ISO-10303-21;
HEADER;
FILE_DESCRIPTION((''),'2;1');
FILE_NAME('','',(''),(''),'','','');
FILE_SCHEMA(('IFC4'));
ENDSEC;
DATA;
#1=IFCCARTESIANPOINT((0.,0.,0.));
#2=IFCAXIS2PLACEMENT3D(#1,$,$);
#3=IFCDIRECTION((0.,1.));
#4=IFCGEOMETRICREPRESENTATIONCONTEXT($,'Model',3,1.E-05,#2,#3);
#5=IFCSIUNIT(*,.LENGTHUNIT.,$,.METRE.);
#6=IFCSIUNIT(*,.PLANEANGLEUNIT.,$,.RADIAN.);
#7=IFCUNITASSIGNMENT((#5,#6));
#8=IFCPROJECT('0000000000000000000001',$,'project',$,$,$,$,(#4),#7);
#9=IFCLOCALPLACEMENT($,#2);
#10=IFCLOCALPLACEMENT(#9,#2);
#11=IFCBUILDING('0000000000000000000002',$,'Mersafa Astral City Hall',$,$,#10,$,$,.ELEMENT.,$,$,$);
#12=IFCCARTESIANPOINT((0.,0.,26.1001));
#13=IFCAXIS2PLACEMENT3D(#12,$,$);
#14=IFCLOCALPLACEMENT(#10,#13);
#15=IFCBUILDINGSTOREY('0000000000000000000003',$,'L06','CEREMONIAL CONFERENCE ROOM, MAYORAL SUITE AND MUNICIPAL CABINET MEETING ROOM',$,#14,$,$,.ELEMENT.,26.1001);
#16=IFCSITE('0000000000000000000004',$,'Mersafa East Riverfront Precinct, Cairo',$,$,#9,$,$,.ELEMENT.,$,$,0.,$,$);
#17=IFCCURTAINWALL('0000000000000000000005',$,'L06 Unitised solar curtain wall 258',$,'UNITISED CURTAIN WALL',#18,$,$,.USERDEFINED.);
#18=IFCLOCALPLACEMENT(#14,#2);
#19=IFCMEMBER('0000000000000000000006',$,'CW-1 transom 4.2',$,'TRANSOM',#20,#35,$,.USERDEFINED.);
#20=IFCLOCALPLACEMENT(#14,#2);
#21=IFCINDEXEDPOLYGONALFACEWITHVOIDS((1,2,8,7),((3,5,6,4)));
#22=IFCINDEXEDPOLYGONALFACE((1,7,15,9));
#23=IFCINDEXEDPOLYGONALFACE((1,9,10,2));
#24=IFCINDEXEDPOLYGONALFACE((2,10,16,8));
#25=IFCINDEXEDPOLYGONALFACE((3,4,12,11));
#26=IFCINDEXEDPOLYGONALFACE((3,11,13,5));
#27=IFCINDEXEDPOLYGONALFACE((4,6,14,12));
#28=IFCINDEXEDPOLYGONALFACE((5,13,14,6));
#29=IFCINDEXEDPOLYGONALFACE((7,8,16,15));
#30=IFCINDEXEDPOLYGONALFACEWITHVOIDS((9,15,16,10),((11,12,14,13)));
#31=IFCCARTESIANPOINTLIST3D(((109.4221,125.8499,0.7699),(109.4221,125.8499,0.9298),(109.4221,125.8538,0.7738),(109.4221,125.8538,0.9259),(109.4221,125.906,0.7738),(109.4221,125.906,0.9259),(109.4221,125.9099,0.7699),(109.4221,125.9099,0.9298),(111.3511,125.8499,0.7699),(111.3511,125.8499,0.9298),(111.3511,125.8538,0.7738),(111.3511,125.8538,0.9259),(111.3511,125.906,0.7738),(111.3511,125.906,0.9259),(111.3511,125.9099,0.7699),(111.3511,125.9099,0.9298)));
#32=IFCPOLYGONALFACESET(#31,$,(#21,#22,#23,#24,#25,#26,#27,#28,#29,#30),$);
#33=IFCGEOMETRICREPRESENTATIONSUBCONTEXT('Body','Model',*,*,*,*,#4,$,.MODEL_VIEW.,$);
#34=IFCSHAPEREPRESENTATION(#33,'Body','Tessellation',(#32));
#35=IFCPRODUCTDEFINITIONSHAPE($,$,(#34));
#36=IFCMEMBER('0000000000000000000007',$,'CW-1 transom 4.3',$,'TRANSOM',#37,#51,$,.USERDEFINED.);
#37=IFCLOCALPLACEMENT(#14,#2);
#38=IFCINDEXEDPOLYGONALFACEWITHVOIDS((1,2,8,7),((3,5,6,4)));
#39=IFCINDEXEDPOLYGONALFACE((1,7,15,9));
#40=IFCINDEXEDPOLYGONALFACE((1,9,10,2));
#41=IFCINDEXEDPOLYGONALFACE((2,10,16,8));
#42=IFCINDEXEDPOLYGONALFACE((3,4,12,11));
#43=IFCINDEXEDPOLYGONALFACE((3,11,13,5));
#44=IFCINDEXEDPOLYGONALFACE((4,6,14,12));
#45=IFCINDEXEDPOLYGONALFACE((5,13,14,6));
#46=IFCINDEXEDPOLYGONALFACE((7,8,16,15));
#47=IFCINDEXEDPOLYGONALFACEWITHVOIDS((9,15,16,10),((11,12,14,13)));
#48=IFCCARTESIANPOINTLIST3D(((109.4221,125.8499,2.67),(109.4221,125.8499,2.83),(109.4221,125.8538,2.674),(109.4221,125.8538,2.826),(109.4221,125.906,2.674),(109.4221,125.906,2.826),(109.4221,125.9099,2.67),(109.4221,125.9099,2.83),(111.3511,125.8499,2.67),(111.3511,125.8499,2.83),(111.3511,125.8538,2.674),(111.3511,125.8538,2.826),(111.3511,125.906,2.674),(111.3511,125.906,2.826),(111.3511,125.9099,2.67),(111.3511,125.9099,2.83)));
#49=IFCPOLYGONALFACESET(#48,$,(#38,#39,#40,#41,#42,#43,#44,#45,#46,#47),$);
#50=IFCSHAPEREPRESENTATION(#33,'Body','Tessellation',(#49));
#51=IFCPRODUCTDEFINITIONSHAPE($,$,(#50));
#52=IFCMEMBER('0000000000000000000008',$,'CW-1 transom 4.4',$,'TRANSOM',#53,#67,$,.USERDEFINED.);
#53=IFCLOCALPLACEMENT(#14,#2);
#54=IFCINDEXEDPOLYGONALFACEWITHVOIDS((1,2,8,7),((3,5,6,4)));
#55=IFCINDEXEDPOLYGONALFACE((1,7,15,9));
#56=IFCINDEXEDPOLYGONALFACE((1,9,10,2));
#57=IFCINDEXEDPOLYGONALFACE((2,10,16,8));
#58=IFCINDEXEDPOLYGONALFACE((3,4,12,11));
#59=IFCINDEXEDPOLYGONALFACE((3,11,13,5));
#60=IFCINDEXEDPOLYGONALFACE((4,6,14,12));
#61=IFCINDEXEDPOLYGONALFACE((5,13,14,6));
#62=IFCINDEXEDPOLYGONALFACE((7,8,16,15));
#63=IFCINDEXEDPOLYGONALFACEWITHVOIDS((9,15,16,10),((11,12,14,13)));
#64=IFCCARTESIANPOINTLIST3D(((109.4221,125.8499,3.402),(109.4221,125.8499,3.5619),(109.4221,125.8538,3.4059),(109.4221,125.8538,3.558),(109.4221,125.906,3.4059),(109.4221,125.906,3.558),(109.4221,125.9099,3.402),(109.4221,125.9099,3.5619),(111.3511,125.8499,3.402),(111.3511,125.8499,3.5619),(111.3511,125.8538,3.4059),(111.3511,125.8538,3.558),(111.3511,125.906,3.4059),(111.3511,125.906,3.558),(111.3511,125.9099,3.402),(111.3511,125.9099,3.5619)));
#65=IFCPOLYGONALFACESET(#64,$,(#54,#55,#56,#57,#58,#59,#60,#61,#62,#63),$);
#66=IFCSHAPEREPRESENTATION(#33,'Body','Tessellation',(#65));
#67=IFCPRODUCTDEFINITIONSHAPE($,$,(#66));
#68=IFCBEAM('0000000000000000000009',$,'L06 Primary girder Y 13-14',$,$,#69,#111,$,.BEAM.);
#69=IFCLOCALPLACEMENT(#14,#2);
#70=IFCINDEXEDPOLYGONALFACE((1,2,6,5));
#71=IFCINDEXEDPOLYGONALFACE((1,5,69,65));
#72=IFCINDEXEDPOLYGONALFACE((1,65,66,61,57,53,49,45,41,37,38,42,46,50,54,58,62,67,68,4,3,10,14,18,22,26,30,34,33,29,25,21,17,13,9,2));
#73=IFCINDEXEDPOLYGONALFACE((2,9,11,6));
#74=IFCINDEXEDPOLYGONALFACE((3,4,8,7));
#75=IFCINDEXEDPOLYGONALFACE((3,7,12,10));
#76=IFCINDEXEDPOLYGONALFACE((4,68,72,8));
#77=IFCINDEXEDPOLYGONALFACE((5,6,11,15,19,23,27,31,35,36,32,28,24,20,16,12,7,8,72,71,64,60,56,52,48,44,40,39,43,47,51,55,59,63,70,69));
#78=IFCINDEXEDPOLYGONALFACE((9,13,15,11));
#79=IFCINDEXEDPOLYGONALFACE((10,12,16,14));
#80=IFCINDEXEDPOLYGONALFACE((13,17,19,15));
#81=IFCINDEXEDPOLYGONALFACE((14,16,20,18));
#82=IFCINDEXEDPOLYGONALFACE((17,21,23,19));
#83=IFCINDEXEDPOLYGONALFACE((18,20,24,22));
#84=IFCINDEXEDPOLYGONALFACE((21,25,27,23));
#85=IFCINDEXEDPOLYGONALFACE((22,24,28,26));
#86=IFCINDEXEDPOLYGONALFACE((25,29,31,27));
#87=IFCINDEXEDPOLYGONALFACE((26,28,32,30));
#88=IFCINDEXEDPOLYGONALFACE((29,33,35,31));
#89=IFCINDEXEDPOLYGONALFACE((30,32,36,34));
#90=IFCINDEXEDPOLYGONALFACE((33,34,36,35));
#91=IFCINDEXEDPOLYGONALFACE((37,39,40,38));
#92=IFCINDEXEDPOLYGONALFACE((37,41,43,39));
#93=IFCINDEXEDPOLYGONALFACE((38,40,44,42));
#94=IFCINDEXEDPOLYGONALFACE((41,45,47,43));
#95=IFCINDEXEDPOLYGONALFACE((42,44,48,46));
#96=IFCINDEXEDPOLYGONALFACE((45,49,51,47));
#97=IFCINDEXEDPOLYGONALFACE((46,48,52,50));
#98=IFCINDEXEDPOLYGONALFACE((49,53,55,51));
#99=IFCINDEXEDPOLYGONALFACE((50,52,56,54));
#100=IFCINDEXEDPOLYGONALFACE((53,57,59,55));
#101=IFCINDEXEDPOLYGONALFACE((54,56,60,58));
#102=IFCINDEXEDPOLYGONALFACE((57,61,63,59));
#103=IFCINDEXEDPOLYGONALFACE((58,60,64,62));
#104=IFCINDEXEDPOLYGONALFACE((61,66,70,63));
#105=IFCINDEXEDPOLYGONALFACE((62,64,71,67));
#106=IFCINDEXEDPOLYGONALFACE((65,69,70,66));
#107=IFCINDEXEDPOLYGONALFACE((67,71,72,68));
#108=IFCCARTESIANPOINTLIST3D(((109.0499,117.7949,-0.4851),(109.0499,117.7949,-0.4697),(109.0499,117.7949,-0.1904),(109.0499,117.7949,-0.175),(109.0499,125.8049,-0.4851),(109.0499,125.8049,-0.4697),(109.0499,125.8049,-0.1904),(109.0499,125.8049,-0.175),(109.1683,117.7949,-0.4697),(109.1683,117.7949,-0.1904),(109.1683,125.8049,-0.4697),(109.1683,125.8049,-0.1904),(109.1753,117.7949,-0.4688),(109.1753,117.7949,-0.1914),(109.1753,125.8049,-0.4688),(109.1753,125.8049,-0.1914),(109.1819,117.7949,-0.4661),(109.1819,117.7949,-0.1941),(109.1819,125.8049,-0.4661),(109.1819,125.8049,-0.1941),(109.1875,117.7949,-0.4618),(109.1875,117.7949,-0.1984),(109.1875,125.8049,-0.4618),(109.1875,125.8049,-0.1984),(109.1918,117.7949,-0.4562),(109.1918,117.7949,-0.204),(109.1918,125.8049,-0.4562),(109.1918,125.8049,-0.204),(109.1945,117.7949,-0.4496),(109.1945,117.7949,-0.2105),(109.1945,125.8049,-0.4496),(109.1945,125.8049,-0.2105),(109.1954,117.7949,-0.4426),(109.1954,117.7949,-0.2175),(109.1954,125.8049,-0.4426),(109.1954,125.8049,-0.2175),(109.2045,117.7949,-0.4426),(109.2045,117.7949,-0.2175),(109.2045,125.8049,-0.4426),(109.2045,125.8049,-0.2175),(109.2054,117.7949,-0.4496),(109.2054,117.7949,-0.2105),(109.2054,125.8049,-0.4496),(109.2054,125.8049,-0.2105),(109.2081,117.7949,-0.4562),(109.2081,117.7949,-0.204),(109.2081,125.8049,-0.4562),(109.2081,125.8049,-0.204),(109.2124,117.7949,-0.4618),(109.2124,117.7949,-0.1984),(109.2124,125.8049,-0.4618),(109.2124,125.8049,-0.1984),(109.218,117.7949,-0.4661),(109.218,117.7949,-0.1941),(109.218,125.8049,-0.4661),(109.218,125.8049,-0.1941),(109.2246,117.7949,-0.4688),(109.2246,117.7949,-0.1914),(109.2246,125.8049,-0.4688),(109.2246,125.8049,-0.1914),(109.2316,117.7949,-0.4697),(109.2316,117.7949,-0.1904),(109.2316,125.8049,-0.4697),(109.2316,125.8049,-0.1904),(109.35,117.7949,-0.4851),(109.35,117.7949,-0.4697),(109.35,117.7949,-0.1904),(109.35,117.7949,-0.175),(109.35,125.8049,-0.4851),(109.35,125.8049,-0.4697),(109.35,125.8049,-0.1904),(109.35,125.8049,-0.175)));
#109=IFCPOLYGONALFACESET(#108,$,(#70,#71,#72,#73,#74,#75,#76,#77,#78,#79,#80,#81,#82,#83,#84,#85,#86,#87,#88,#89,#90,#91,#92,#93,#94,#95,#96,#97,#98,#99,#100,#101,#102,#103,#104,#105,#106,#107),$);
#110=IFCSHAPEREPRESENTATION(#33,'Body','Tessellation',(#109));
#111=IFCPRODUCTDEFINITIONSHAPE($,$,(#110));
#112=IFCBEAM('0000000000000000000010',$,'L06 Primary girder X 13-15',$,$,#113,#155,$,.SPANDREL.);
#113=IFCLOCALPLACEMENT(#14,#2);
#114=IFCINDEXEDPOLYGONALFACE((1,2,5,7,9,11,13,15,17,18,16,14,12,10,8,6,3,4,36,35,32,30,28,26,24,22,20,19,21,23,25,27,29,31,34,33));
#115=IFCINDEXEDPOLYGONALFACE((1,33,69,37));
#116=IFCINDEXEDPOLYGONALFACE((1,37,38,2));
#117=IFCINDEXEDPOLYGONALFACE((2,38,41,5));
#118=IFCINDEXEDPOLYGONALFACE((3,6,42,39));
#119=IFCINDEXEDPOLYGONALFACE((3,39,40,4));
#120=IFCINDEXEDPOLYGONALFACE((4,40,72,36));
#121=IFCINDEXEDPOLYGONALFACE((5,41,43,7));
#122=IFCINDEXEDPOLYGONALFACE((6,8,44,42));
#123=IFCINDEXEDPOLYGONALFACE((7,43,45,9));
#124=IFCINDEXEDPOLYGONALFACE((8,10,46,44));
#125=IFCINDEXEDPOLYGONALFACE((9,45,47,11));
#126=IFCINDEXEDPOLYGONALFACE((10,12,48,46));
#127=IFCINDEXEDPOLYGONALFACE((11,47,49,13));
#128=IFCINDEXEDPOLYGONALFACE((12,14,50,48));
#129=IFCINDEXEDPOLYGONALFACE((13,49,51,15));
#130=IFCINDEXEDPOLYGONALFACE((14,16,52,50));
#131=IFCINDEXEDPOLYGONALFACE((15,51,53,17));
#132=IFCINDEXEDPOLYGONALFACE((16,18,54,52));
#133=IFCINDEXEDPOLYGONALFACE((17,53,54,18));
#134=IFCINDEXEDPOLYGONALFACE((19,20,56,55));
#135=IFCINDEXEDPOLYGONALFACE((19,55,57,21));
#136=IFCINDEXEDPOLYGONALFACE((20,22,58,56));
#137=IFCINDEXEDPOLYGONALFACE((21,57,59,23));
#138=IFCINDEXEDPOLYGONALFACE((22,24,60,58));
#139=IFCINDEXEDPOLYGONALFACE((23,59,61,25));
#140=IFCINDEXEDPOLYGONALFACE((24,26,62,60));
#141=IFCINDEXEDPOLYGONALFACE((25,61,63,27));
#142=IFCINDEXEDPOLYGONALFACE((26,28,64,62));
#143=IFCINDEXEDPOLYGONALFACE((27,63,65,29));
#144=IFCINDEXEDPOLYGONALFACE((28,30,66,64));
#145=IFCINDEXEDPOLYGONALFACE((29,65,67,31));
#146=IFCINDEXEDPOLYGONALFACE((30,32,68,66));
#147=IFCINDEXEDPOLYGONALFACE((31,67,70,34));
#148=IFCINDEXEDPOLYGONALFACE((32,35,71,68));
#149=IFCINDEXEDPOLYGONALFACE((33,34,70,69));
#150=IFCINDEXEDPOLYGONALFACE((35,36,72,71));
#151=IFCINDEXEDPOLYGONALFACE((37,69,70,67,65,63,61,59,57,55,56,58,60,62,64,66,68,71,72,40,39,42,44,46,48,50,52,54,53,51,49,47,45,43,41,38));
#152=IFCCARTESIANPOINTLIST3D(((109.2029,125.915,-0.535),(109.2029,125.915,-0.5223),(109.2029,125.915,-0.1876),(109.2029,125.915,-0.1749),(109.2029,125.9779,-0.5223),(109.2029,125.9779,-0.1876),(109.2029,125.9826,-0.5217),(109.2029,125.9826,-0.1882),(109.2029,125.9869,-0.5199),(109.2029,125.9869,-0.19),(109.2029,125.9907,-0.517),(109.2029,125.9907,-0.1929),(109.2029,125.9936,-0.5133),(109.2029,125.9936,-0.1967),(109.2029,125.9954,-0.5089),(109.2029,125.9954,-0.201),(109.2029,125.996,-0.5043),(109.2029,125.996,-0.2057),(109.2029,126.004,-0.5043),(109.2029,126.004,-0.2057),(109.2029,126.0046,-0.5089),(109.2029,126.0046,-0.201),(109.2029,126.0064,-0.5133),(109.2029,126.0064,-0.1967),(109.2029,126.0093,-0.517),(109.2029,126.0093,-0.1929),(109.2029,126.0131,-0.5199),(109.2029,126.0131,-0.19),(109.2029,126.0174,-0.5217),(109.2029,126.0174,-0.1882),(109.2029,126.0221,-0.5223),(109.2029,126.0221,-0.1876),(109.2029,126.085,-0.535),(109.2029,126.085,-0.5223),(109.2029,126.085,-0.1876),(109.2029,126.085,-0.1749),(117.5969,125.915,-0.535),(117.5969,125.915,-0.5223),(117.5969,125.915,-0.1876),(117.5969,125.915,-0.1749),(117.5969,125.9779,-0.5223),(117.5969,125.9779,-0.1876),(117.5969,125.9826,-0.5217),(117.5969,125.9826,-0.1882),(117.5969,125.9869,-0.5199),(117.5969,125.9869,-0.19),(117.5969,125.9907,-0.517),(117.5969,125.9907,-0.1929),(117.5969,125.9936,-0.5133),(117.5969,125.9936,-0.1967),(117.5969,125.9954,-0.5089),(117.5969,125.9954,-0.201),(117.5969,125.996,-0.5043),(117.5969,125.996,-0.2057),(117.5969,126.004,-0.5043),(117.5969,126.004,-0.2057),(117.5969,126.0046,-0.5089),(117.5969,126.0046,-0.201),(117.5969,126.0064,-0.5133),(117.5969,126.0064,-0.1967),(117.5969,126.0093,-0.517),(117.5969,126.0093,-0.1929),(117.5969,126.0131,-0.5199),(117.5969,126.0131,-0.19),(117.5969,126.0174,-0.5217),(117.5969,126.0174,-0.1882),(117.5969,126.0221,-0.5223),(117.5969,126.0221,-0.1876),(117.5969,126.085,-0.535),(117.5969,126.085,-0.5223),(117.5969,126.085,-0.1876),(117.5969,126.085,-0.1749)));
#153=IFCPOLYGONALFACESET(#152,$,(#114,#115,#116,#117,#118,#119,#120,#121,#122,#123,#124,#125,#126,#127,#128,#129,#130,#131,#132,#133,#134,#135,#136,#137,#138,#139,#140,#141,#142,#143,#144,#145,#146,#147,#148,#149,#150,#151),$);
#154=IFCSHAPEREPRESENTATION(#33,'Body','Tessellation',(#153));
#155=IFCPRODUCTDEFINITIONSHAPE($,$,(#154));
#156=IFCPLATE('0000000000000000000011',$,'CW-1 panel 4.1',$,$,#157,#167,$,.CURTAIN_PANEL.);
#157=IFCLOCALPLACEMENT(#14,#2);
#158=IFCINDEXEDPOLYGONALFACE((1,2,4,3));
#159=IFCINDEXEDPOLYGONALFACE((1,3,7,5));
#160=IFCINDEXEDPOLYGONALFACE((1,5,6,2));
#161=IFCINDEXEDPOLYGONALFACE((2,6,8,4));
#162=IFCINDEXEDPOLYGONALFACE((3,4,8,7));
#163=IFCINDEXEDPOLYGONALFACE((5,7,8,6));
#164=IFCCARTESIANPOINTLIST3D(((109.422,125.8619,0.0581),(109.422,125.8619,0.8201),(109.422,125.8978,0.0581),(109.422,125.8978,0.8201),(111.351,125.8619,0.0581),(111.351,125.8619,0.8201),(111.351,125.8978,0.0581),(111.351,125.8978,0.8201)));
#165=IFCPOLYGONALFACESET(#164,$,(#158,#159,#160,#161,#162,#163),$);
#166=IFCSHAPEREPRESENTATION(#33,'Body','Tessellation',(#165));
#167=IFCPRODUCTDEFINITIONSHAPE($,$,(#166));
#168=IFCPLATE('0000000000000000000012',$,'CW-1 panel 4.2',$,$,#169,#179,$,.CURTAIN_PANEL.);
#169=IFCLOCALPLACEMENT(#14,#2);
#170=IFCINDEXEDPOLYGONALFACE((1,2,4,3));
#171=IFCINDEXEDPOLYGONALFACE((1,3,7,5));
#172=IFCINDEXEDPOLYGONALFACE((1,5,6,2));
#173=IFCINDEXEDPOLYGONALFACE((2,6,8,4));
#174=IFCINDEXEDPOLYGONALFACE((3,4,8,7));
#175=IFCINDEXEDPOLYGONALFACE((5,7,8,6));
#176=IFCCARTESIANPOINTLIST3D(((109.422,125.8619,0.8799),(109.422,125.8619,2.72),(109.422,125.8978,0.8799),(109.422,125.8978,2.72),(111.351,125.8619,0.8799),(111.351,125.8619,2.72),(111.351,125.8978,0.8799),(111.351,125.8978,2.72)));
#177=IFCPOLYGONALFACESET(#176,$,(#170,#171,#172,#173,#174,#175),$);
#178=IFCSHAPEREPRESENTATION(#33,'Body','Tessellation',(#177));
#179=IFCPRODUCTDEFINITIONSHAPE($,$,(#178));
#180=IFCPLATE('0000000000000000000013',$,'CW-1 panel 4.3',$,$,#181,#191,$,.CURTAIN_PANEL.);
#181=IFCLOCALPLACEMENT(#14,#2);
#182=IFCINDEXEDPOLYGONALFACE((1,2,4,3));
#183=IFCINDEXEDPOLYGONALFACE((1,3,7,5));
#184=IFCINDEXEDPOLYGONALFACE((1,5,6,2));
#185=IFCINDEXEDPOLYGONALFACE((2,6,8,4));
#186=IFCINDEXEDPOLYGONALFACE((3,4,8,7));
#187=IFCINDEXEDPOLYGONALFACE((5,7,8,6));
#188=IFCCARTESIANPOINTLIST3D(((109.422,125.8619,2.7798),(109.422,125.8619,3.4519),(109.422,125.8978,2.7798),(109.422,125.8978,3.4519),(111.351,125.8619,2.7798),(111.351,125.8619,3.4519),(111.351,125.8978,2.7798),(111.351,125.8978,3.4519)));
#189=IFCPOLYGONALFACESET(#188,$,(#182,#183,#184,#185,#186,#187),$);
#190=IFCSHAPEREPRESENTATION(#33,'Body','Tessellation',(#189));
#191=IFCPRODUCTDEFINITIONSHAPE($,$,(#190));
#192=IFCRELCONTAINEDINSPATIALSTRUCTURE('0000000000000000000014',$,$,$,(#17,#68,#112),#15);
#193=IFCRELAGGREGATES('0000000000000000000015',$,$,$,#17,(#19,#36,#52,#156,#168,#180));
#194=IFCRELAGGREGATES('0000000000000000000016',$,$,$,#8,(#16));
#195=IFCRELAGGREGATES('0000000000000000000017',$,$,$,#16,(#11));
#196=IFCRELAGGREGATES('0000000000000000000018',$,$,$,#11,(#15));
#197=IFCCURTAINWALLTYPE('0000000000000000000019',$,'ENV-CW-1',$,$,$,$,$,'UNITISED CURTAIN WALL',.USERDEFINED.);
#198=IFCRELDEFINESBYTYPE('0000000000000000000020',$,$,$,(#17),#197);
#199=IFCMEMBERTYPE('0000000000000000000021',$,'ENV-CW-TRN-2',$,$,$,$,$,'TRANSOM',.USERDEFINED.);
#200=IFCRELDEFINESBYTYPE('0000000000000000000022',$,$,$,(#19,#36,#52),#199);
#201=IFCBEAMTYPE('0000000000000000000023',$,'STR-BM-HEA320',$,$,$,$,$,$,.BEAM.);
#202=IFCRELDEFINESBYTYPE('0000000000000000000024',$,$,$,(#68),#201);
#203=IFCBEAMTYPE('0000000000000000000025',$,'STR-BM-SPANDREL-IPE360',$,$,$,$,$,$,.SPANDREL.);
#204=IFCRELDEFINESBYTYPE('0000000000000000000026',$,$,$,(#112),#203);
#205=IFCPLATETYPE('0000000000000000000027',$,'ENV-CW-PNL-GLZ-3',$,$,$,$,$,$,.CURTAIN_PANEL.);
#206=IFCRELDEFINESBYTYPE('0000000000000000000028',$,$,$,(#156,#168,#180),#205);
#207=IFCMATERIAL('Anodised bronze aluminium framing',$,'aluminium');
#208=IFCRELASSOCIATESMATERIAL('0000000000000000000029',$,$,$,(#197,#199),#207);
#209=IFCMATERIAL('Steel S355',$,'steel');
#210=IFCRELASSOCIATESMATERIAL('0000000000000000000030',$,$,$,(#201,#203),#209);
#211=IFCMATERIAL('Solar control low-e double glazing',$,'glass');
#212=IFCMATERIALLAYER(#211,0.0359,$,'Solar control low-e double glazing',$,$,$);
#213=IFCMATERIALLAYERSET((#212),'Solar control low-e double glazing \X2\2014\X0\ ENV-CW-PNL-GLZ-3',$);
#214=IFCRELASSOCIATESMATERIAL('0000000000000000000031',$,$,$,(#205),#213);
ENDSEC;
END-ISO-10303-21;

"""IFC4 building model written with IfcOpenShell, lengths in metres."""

from ifc_helpers import new_model, si_unit, direction, frame, origin, origin_2d, place, context, subcontext, project, spatial, rectangle, hollow_rectangle, i_section, extrude, material, layer, layer_set, material_profile, profile_set, type_object, element, aggregate, save


model = new_model("IFC4")

# Units and contexts
model_context = context("Model", 3, precision=1e-05, world=origin(), true_north=direction((0.0, 1.0)))
body_context = subcontext(model_context, "Body", "Model", "MODEL_VIEW")
ifc_project = project(units=[si_unit("LENGTHUNIT", "METRE"), si_unit("PLANEANGLEUNIT", "RADIAN")], contexts=[model_context])

# Site, building, storey
site_placement = place(None, origin())
site = spatial("IfcSite", under=ifc_project, at=site_placement, Name="Mersafa East Riverfront Precinct, Cairo", CompositionType="ELEMENT", RefElevation=0.0)
building_placement = place(site_placement, origin())
building = spatial("IfcBuilding", under=site, at=building_placement, Name="Mersafa Astral City Hall", CompositionType="ELEMENT")
storey_placement = place(building_placement, frame((0.0, 0.0, 26.1001)))
storey = spatial("IfcBuildingStorey", under=building, at=storey_placement, Name="L06", Description="CEREMONIAL CONFERENCE ROOM, MAYORAL SUITE AND MUNICIPAL CABINET MEETING ROOM", CompositionType="ELEMENT", Elevation=26.1001)

# Shared definitions
ifc_material_1 = material(Name="Steel S355", Category="steel")

# Curtain wall
ifc_material_2 = material(Name="Anodised bronze aluminium framing", Category="aluminium")
curtain_wall_type_1 = type_object("IfcCurtainWallType", Name="ENV-CW-1", ElementType="UNITISED CURTAIN WALL", PredefinedType="USERDEFINED", material=ifc_material_2)
curtain_wall_1_placement = place(storey_placement, origin())
curtain_wall_1 = element("IfcCurtainWall", 1, at=curtain_wall_1_placement, inside=storey, type_object=curtain_wall_type_1, Name="L06 Unitised solar curtain wall 258", ObjectType="UNITISED CURTAIN WALL", PredefinedType="USERDEFINED")

# Members
ifc_material_profile_1 = material_profile(ifc_material_2, hollow_rectangle(XDim=0.0601, YDim=0.1599, WallThickness=0.0039, at=origin_2d()), Name="RHS 60x160x4")
ifc_profile_set_1 = profile_set([ifc_material_profile_1], Name="Anodised bronze aluminium framing")
member_type_1 = type_object("IfcMemberType", Name="ENV-CW-TRN-2", ElementType="TRANSOM", PredefinedType="USERDEFINED", material=ifc_profile_set_1)
member_1_placement = place(storey_placement, frame((111.3511, 125.8799, 0.8499), z_axis=(-1.0, 0.0, 0.0), x_axis=(0.0, -1.0, 0.0)))
member_1 = element("IfcMember", 2, at=member_1_placement, type_object=member_type_1, Name="CW-1 transom 4.2", ObjectType="TRANSOM", PredefinedType="USERDEFINED", context=body_context, shape_type="SweptSolid", body=[
    extrude(hollow_rectangle(XDim=0.0601, YDim=0.1599, WallThickness=0.0039, at=origin_2d()), origin(), (0.0, 0.0, 1.0), 1.929),
])
member_2_placement = place(storey_placement, frame((111.3511, 125.8799, 2.75), z_axis=(-1.0, 0.0, 0.0), x_axis=(0.0, -1.0, 0.0)))
member_2 = element("IfcMember", 3, at=member_2_placement, type_object=member_type_1, Name="CW-1 transom 4.3", ObjectType="TRANSOM", PredefinedType="USERDEFINED", context=body_context, shape_type="SweptSolid", body=[
    extrude(hollow_rectangle(XDim=0.0601, YDim=0.1599, WallThickness=0.0039, at=origin_2d()), origin(), (0.0, 0.0, 1.0), 1.929),
])
member_3_placement = place(storey_placement, frame((111.3511, 125.8799, 3.4819), z_axis=(-1.0, 0.0, 0.0), x_axis=(0.0, -1.0, 0.0)))
member_3 = element("IfcMember", 4, at=member_3_placement, type_object=member_type_1, Name="CW-1 transom 4.4", ObjectType="TRANSOM", PredefinedType="USERDEFINED", context=body_context, shape_type="SweptSolid", body=[
    extrude(hollow_rectangle(XDim=0.0601, YDim=0.1599, WallThickness=0.0039, at=origin_2d()), origin(), (0.0, 0.0, 1.0), 1.929),
])

# Beams
ifc_material_profile_2 = material_profile(ifc_material_1, i_section(OverallWidth=0.3, OverallDepth=0.3101, WebThickness=0.009, FlangeThickness=0.0154, FilletRadius=0.0271, at=origin_2d()), Name="HEA 320")
ifc_profile_set_2 = profile_set([ifc_material_profile_2], Name="Steel S355")
beam_type_1 = type_object("IfcBeamType", Name="STR-BM-HEA320", PredefinedType="BEAM", material=ifc_profile_set_2)
beam_1_placement = place(storey_placement, frame((109.2, 117.7949, -0.3301), z_axis=(0.0, 1.0, 0.0), x_axis=(-1.0, 0.0, 0.0)))
element("IfcBeam", 5, at=beam_1_placement, inside=storey, type_object=beam_type_1, Name="L06 Primary girder Y 13-14", PredefinedType="BEAM", context=body_context, shape_type="SweptSolid", body=[
    extrude(i_section(OverallWidth=0.3, OverallDepth=0.3101, WebThickness=0.009, FlangeThickness=0.0154, FilletRadius=0.0271, at=origin_2d()), origin(), (0.0, 0.0, 1.0), 8.01),
])
ifc_material_profile_3 = material_profile(ifc_material_1, i_section(OverallWidth=0.1699, OverallDepth=0.3601, WebThickness=0.0081, FlangeThickness=0.0127, FilletRadius=0.0181, at=origin_2d()), Name="IPE 360")
ifc_profile_set_3 = profile_set([ifc_material_profile_3], Name="Steel S355")
beam_type_2 = type_object("IfcBeamType", Name="STR-BM-SPANDREL-IPE360", PredefinedType="SPANDREL", material=ifc_profile_set_3)
beam_2_placement = place(storey_placement, frame((109.2029, 126.0, -0.355), z_axis=(1.0, 0.0, 0.0), x_axis=(0.0, 1.0, 0.0)))
element("IfcBeam", 6, at=beam_2_placement, inside=storey, type_object=beam_type_2, Name="L06 Primary girder X 13-15", PredefinedType="SPANDREL", context=body_context, shape_type="SweptSolid", body=[
    extrude(i_section(OverallWidth=0.1699, OverallDepth=0.3601, WebThickness=0.0081, FlangeThickness=0.0127, FilletRadius=0.0181, at=origin_2d()), origin(), (0.0, 0.0, 1.0), 8.394),
])

# Plates
ifc_material_3 = material(Name="Solar control low-e double glazing", Category="glass")
ifc_layer_1 = layer(ifc_material_3, 0.0359, Name="Solar control low-e double glazing")
ifc_layer_set_1 = layer_set([ifc_layer_1], Name="Solar control low-e double glazing — ENV-CW-PNL-GLZ-3")
plate_type_1 = type_object("IfcPlateType", Name="ENV-CW-PNL-GLZ-3", PredefinedType="CURTAIN_PANEL", material=ifc_layer_set_1)
plate_1_placement = place(storey_placement, frame((110.3865, 125.8799, 0.0581), z_axis=(0.0, 0.0, 1.0), x_axis=(-1.0, 0.0, 0.0)))
plate_1 = element("IfcPlate", 7, at=plate_1_placement, type_object=plate_type_1, Name="CW-1 panel 4.1", PredefinedType="CURTAIN_PANEL", context=body_context, shape_type="SweptSolid", body=[
    extrude(rectangle(XDim=1.929, YDim=0.0359, at=origin_2d()), origin(), (0.0, 0.0, 1.0), 0.762),
])
plate_2_placement = place(storey_placement, frame((110.3865, 125.8799, 0.8799), z_axis=(0.0, 0.0, 1.0), x_axis=(-1.0, 0.0, 0.0)))
plate_2 = element("IfcPlate", 8, at=plate_2_placement, type_object=plate_type_1, Name="CW-1 panel 4.2", PredefinedType="CURTAIN_PANEL", context=body_context, shape_type="SweptSolid", body=[
    extrude(rectangle(XDim=1.929, YDim=0.0359, at=origin_2d()), origin(), (0.0, 0.0, 1.0), 1.8401),
])
plate_3_placement = place(storey_placement, frame((110.3865, 125.8799, 2.7798), z_axis=(0.0, 0.0, 1.0), x_axis=(-1.0, 0.0, 0.0)))
plate_3 = element("IfcPlate", 9, at=plate_3_placement, type_object=plate_type_1, Name="CW-1 panel 4.3", PredefinedType="CURTAIN_PANEL", context=body_context, shape_type="SweptSolid", body=[
    extrude(rectangle(XDim=1.929, YDim=0.0359, at=origin_2d()), origin(), (0.0, 0.0, 1.0), 0.6721),
])
aggregate(curtain_wall_1, [member_1, member_2, member_3, plate_1, plate_2, plate_3])

save(model, "model.ifc")
